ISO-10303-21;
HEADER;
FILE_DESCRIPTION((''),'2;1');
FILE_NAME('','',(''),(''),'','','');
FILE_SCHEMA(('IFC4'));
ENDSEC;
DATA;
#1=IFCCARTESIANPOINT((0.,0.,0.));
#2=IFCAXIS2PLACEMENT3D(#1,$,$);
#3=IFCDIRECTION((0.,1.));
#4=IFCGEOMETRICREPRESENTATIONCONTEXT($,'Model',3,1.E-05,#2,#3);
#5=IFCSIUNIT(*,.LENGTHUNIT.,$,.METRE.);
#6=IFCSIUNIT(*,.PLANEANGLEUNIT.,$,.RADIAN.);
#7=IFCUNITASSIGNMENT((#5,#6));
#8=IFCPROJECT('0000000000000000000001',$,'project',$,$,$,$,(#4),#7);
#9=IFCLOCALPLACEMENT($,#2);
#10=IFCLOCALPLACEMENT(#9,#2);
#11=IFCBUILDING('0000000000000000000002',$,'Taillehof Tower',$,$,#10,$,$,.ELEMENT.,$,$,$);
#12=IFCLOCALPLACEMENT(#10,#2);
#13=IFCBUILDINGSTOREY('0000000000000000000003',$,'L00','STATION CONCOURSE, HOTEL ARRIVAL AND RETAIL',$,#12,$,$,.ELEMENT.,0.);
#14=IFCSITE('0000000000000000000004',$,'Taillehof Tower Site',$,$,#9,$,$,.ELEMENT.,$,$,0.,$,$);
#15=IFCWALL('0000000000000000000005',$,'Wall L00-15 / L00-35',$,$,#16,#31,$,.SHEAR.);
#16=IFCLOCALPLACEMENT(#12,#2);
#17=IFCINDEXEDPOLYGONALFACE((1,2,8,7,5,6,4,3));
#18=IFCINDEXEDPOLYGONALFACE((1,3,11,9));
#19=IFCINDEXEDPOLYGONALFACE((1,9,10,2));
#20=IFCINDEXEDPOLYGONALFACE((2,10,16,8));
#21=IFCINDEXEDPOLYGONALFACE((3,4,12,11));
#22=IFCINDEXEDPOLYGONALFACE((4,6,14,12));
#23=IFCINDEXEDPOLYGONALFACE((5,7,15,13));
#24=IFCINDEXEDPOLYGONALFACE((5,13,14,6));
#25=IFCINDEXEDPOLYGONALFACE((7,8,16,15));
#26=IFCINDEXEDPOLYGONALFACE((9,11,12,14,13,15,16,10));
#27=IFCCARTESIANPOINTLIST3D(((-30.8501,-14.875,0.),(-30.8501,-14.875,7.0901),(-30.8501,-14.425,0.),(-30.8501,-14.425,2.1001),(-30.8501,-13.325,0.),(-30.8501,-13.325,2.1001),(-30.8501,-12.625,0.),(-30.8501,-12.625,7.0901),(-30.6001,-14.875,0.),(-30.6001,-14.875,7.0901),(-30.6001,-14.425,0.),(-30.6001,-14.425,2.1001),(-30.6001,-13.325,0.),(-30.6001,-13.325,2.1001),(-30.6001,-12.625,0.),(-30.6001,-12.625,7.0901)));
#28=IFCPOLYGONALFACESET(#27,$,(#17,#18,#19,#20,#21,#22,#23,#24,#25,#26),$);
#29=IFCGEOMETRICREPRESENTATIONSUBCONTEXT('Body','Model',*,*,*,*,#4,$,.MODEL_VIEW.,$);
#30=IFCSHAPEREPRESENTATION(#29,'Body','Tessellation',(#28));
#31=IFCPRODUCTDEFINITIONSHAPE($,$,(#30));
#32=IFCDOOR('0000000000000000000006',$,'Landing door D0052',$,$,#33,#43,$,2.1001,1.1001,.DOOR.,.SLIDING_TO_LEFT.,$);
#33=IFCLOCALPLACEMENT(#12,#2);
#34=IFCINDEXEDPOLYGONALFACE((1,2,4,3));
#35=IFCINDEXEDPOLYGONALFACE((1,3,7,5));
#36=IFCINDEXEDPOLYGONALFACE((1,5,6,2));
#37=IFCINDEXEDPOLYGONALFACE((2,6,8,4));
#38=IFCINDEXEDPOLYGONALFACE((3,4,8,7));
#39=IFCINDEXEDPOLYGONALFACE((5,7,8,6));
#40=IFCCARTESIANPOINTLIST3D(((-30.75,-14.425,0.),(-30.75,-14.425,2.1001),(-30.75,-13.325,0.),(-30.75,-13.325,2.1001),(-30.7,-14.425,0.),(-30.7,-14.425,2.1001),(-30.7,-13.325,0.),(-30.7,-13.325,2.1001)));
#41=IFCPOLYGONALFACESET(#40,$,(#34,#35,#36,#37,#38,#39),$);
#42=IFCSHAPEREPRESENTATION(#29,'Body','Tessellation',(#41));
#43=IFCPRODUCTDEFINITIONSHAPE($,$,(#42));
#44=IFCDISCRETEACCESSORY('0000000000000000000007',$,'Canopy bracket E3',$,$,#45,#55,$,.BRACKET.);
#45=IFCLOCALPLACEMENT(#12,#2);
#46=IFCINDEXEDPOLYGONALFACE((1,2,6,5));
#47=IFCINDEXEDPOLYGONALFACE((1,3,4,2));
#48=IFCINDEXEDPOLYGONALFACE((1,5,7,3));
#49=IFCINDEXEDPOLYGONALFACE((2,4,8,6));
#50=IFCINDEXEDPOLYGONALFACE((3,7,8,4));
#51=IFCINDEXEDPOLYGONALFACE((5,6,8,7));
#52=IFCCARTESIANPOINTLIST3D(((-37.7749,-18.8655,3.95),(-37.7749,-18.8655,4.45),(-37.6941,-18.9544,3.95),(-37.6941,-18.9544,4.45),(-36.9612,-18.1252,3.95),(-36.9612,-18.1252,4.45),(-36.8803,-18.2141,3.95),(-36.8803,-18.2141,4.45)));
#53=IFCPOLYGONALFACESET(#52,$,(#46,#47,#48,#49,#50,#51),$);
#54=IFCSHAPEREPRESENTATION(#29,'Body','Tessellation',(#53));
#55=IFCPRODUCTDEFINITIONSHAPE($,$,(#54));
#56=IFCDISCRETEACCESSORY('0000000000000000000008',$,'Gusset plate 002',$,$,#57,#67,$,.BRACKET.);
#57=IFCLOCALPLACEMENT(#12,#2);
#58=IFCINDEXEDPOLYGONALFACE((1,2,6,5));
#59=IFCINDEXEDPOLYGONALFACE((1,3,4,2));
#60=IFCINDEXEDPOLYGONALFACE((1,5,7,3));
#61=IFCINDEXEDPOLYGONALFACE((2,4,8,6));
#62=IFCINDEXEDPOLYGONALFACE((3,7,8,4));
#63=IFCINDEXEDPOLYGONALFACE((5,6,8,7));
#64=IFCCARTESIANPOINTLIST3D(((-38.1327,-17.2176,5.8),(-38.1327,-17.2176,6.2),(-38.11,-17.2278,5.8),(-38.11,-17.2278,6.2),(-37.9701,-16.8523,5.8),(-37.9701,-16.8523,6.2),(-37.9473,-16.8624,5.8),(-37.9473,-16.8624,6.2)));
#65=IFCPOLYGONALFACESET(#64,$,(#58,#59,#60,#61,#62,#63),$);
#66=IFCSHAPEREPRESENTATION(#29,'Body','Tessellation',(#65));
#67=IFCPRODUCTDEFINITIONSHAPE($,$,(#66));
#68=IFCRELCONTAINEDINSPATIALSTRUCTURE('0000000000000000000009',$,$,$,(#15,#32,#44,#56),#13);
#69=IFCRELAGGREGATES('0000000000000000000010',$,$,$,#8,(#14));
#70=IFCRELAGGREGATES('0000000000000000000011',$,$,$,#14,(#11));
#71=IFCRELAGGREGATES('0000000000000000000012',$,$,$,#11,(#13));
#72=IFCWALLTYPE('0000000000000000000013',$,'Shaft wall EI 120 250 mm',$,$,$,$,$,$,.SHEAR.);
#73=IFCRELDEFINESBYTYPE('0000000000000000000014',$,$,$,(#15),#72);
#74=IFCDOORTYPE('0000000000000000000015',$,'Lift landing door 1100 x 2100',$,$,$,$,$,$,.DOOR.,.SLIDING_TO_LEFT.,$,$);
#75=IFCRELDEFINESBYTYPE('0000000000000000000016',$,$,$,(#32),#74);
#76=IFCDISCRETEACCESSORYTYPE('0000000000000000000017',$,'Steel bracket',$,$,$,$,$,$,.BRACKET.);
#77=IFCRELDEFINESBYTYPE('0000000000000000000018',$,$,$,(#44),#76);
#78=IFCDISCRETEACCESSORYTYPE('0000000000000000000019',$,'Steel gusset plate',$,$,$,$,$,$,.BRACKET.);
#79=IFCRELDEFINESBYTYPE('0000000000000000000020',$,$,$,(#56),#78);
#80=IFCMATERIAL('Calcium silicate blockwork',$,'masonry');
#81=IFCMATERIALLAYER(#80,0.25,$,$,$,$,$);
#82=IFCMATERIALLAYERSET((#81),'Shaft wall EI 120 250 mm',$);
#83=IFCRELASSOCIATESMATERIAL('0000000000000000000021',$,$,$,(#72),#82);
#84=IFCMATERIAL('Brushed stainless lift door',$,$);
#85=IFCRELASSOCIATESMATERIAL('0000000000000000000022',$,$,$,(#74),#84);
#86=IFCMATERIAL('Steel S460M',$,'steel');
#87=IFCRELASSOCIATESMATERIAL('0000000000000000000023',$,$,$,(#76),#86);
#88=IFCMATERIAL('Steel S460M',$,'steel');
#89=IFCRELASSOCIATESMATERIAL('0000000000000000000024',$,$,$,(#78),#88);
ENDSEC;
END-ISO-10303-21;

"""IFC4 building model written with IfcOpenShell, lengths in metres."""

from ifc_helpers import new_model, si_unit, direction, frame, frame_2d, origin, origin_2d, place, context, subcontext, project, spatial, rectangle, extrude, material, layer, layer_set, type_object, element, fill, save


model = new_model("IFC4")

# Units and contexts
model_context = context("Model", 3, precision=1e-05, world=origin(), true_north=direction((0.0, 1.0)))
body_context = subcontext(model_context, "Body", "Model", "MODEL_VIEW")
ifc_project = project(units=[si_unit("LENGTHUNIT", "METRE"), si_unit("PLANEANGLEUNIT", "RADIAN")], contexts=[model_context])

# Site, building, storey
site_placement = place(None, origin())
site = spatial("IfcSite", under=ifc_project, at=site_placement, Name="Taillehof Tower Site", CompositionType="ELEMENT", RefElevation=0.0)
building_placement = place(site_placement, origin())
building = spatial("IfcBuilding", under=site, at=building_placement, Name="Taillehof Tower", CompositionType="ELEMENT")
storey_placement = place(building_placement, origin())
storey = spatial("IfcBuildingStorey", under=building, at=storey_placement, Name="L00", Description="STATION CONCOURSE, HOTEL ARRIVAL AND RETAIL", CompositionType="ELEMENT", Elevation=0.0)

# Shared definitions
ifc_material_1 = material(Name="Calcium silicate blockwork", Category="masonry")
ifc_layer_1 = layer(ifc_material_1, 0.25)
ifc_layer_set_1 = layer_set([ifc_layer_1], Name="Shaft wall EI 120 250 mm")
wall_type_1 = type_object("IfcWallType", Name="Shaft wall EI 120 250 mm", PredefinedType="SHEAR", material=ifc_layer_set_1)

# Wall, opening, door
wall_1_placement = place(storey_placement, frame((-30.7251, -14.875, 0.0), z_axis=(0.0, 0.0, 1.0), x_axis=(0.0, 1.0, 0.0)))
wall_1 = element("IfcWall", 1, at=wall_1_placement, inside=storey, type_object=wall_type_1, Name="Wall L00-15 / L00-35", PredefinedType="SHEAR", context=body_context, shape_type="SweptSolid", body=[
    extrude(rectangle(XDim=2.25, YDim=0.25, at=frame_2d((1.125, 0.0))), origin(), (0.0, 0.0, 1.0), 7.0901),
])
opening_1_placement = place(wall_1_placement, frame((0.45, 0.0, 0.0)))
opening_1 = element("IfcOpeningElement", 2, at=opening_1_placement, cuts=wall_1, PredefinedType="OPENING", context=body_context, shape_type="SweptSolid", body=[
    extrude(rectangle(XDim=1.1001, YDim=2.1001, at=frame_2d((0.55, 1.05))), frame((0.0, 0.135, 0.0), z_axis=(0.0, -1.0, 0.0), x_axis=(1.0, 0.0, 0.0)), (0.0, 0.0, 1.0), 0.27),
])
ifc_material_2 = material(Name="Brushed stainless lift door")
door_type_1 = type_object("IfcDoorType", Name="Lift landing door 1100 x 2100", OperationType="SLIDING_TO_LEFT", PredefinedType="DOOR", material=ifc_material_2)
door_1_placement = place(opening_1_placement, origin())
door_1 = element("IfcDoor", 3, at=door_1_placement, inside=storey, type_object=door_type_1, Name="Landing door D0052", OperationType="SLIDING_TO_LEFT", OverallHeight=2.1001, OverallWidth=1.1001, PredefinedType="DOOR", context=body_context, shape_type="SweptSolid", body=[
    extrude(rectangle(XDim=1.1001, YDim=2.1001, at=frame_2d((0.55, 1.05))), frame((0.0, 0.0249, 0.0), z_axis=(0.0, -1.0, 0.0), x_axis=(1.0, 0.0, 0.0)), (0.0, 0.0, 1.0), 0.05),
])
fill(opening_1, door_1)

# Discrete accessories
ifc_material_3 = material(Name="Steel S460M", Category="steel")
discrete_accessory_type_1 = type_object("IfcDiscreteAccessoryType", Name="Steel bracket", PredefinedType="BRACKET", material=ifc_material_3)
discrete_accessory_1_placement = place(storey_placement, frame((-37.3276, -18.5398, 3.95), z_axis=(0.0, 0.0, 1.0), x_axis=(-0.739707, -0.672929, 0.0)))
element("IfcDiscreteAccessory", 4, at=discrete_accessory_1_placement, inside=storey, type_object=discrete_accessory_type_1, Name="Canopy bracket E3", PredefinedType="BRACKET", context=body_context, shape_type="SweptSolid", body=[
    extrude(rectangle(XDim=1.1001, YDim=0.1201, at=origin_2d()), origin(), (0.0, 0.0, 1.0), 0.5),
])
ifc_material_4 = material(Name="Steel S460M", Category="steel")
discrete_accessory_type_2 = type_object("IfcDiscreteAccessoryType", Name="Steel gusset plate", PredefinedType="BRACKET", material=ifc_material_4)
discrete_accessory_2_placement = place(storey_placement, frame((-38.04, -17.04, 5.8), z_axis=(0.0, 0.0, 1.0), x_axis=(0.406759, 0.913536, 0.0)))
element("IfcDiscreteAccessory", 5, at=discrete_accessory_2_placement, inside=storey, type_object=discrete_accessory_type_2, Name="Gusset plate 002", PredefinedType="BRACKET", context=body_context, shape_type="SweptSolid", body=[
    extrude(rectangle(XDim=0.3999, YDim=0.0249, at=origin_2d()), origin(), (0.0, 0.0, 1.0), 0.3999),
])

save(model, "model.ifc")
